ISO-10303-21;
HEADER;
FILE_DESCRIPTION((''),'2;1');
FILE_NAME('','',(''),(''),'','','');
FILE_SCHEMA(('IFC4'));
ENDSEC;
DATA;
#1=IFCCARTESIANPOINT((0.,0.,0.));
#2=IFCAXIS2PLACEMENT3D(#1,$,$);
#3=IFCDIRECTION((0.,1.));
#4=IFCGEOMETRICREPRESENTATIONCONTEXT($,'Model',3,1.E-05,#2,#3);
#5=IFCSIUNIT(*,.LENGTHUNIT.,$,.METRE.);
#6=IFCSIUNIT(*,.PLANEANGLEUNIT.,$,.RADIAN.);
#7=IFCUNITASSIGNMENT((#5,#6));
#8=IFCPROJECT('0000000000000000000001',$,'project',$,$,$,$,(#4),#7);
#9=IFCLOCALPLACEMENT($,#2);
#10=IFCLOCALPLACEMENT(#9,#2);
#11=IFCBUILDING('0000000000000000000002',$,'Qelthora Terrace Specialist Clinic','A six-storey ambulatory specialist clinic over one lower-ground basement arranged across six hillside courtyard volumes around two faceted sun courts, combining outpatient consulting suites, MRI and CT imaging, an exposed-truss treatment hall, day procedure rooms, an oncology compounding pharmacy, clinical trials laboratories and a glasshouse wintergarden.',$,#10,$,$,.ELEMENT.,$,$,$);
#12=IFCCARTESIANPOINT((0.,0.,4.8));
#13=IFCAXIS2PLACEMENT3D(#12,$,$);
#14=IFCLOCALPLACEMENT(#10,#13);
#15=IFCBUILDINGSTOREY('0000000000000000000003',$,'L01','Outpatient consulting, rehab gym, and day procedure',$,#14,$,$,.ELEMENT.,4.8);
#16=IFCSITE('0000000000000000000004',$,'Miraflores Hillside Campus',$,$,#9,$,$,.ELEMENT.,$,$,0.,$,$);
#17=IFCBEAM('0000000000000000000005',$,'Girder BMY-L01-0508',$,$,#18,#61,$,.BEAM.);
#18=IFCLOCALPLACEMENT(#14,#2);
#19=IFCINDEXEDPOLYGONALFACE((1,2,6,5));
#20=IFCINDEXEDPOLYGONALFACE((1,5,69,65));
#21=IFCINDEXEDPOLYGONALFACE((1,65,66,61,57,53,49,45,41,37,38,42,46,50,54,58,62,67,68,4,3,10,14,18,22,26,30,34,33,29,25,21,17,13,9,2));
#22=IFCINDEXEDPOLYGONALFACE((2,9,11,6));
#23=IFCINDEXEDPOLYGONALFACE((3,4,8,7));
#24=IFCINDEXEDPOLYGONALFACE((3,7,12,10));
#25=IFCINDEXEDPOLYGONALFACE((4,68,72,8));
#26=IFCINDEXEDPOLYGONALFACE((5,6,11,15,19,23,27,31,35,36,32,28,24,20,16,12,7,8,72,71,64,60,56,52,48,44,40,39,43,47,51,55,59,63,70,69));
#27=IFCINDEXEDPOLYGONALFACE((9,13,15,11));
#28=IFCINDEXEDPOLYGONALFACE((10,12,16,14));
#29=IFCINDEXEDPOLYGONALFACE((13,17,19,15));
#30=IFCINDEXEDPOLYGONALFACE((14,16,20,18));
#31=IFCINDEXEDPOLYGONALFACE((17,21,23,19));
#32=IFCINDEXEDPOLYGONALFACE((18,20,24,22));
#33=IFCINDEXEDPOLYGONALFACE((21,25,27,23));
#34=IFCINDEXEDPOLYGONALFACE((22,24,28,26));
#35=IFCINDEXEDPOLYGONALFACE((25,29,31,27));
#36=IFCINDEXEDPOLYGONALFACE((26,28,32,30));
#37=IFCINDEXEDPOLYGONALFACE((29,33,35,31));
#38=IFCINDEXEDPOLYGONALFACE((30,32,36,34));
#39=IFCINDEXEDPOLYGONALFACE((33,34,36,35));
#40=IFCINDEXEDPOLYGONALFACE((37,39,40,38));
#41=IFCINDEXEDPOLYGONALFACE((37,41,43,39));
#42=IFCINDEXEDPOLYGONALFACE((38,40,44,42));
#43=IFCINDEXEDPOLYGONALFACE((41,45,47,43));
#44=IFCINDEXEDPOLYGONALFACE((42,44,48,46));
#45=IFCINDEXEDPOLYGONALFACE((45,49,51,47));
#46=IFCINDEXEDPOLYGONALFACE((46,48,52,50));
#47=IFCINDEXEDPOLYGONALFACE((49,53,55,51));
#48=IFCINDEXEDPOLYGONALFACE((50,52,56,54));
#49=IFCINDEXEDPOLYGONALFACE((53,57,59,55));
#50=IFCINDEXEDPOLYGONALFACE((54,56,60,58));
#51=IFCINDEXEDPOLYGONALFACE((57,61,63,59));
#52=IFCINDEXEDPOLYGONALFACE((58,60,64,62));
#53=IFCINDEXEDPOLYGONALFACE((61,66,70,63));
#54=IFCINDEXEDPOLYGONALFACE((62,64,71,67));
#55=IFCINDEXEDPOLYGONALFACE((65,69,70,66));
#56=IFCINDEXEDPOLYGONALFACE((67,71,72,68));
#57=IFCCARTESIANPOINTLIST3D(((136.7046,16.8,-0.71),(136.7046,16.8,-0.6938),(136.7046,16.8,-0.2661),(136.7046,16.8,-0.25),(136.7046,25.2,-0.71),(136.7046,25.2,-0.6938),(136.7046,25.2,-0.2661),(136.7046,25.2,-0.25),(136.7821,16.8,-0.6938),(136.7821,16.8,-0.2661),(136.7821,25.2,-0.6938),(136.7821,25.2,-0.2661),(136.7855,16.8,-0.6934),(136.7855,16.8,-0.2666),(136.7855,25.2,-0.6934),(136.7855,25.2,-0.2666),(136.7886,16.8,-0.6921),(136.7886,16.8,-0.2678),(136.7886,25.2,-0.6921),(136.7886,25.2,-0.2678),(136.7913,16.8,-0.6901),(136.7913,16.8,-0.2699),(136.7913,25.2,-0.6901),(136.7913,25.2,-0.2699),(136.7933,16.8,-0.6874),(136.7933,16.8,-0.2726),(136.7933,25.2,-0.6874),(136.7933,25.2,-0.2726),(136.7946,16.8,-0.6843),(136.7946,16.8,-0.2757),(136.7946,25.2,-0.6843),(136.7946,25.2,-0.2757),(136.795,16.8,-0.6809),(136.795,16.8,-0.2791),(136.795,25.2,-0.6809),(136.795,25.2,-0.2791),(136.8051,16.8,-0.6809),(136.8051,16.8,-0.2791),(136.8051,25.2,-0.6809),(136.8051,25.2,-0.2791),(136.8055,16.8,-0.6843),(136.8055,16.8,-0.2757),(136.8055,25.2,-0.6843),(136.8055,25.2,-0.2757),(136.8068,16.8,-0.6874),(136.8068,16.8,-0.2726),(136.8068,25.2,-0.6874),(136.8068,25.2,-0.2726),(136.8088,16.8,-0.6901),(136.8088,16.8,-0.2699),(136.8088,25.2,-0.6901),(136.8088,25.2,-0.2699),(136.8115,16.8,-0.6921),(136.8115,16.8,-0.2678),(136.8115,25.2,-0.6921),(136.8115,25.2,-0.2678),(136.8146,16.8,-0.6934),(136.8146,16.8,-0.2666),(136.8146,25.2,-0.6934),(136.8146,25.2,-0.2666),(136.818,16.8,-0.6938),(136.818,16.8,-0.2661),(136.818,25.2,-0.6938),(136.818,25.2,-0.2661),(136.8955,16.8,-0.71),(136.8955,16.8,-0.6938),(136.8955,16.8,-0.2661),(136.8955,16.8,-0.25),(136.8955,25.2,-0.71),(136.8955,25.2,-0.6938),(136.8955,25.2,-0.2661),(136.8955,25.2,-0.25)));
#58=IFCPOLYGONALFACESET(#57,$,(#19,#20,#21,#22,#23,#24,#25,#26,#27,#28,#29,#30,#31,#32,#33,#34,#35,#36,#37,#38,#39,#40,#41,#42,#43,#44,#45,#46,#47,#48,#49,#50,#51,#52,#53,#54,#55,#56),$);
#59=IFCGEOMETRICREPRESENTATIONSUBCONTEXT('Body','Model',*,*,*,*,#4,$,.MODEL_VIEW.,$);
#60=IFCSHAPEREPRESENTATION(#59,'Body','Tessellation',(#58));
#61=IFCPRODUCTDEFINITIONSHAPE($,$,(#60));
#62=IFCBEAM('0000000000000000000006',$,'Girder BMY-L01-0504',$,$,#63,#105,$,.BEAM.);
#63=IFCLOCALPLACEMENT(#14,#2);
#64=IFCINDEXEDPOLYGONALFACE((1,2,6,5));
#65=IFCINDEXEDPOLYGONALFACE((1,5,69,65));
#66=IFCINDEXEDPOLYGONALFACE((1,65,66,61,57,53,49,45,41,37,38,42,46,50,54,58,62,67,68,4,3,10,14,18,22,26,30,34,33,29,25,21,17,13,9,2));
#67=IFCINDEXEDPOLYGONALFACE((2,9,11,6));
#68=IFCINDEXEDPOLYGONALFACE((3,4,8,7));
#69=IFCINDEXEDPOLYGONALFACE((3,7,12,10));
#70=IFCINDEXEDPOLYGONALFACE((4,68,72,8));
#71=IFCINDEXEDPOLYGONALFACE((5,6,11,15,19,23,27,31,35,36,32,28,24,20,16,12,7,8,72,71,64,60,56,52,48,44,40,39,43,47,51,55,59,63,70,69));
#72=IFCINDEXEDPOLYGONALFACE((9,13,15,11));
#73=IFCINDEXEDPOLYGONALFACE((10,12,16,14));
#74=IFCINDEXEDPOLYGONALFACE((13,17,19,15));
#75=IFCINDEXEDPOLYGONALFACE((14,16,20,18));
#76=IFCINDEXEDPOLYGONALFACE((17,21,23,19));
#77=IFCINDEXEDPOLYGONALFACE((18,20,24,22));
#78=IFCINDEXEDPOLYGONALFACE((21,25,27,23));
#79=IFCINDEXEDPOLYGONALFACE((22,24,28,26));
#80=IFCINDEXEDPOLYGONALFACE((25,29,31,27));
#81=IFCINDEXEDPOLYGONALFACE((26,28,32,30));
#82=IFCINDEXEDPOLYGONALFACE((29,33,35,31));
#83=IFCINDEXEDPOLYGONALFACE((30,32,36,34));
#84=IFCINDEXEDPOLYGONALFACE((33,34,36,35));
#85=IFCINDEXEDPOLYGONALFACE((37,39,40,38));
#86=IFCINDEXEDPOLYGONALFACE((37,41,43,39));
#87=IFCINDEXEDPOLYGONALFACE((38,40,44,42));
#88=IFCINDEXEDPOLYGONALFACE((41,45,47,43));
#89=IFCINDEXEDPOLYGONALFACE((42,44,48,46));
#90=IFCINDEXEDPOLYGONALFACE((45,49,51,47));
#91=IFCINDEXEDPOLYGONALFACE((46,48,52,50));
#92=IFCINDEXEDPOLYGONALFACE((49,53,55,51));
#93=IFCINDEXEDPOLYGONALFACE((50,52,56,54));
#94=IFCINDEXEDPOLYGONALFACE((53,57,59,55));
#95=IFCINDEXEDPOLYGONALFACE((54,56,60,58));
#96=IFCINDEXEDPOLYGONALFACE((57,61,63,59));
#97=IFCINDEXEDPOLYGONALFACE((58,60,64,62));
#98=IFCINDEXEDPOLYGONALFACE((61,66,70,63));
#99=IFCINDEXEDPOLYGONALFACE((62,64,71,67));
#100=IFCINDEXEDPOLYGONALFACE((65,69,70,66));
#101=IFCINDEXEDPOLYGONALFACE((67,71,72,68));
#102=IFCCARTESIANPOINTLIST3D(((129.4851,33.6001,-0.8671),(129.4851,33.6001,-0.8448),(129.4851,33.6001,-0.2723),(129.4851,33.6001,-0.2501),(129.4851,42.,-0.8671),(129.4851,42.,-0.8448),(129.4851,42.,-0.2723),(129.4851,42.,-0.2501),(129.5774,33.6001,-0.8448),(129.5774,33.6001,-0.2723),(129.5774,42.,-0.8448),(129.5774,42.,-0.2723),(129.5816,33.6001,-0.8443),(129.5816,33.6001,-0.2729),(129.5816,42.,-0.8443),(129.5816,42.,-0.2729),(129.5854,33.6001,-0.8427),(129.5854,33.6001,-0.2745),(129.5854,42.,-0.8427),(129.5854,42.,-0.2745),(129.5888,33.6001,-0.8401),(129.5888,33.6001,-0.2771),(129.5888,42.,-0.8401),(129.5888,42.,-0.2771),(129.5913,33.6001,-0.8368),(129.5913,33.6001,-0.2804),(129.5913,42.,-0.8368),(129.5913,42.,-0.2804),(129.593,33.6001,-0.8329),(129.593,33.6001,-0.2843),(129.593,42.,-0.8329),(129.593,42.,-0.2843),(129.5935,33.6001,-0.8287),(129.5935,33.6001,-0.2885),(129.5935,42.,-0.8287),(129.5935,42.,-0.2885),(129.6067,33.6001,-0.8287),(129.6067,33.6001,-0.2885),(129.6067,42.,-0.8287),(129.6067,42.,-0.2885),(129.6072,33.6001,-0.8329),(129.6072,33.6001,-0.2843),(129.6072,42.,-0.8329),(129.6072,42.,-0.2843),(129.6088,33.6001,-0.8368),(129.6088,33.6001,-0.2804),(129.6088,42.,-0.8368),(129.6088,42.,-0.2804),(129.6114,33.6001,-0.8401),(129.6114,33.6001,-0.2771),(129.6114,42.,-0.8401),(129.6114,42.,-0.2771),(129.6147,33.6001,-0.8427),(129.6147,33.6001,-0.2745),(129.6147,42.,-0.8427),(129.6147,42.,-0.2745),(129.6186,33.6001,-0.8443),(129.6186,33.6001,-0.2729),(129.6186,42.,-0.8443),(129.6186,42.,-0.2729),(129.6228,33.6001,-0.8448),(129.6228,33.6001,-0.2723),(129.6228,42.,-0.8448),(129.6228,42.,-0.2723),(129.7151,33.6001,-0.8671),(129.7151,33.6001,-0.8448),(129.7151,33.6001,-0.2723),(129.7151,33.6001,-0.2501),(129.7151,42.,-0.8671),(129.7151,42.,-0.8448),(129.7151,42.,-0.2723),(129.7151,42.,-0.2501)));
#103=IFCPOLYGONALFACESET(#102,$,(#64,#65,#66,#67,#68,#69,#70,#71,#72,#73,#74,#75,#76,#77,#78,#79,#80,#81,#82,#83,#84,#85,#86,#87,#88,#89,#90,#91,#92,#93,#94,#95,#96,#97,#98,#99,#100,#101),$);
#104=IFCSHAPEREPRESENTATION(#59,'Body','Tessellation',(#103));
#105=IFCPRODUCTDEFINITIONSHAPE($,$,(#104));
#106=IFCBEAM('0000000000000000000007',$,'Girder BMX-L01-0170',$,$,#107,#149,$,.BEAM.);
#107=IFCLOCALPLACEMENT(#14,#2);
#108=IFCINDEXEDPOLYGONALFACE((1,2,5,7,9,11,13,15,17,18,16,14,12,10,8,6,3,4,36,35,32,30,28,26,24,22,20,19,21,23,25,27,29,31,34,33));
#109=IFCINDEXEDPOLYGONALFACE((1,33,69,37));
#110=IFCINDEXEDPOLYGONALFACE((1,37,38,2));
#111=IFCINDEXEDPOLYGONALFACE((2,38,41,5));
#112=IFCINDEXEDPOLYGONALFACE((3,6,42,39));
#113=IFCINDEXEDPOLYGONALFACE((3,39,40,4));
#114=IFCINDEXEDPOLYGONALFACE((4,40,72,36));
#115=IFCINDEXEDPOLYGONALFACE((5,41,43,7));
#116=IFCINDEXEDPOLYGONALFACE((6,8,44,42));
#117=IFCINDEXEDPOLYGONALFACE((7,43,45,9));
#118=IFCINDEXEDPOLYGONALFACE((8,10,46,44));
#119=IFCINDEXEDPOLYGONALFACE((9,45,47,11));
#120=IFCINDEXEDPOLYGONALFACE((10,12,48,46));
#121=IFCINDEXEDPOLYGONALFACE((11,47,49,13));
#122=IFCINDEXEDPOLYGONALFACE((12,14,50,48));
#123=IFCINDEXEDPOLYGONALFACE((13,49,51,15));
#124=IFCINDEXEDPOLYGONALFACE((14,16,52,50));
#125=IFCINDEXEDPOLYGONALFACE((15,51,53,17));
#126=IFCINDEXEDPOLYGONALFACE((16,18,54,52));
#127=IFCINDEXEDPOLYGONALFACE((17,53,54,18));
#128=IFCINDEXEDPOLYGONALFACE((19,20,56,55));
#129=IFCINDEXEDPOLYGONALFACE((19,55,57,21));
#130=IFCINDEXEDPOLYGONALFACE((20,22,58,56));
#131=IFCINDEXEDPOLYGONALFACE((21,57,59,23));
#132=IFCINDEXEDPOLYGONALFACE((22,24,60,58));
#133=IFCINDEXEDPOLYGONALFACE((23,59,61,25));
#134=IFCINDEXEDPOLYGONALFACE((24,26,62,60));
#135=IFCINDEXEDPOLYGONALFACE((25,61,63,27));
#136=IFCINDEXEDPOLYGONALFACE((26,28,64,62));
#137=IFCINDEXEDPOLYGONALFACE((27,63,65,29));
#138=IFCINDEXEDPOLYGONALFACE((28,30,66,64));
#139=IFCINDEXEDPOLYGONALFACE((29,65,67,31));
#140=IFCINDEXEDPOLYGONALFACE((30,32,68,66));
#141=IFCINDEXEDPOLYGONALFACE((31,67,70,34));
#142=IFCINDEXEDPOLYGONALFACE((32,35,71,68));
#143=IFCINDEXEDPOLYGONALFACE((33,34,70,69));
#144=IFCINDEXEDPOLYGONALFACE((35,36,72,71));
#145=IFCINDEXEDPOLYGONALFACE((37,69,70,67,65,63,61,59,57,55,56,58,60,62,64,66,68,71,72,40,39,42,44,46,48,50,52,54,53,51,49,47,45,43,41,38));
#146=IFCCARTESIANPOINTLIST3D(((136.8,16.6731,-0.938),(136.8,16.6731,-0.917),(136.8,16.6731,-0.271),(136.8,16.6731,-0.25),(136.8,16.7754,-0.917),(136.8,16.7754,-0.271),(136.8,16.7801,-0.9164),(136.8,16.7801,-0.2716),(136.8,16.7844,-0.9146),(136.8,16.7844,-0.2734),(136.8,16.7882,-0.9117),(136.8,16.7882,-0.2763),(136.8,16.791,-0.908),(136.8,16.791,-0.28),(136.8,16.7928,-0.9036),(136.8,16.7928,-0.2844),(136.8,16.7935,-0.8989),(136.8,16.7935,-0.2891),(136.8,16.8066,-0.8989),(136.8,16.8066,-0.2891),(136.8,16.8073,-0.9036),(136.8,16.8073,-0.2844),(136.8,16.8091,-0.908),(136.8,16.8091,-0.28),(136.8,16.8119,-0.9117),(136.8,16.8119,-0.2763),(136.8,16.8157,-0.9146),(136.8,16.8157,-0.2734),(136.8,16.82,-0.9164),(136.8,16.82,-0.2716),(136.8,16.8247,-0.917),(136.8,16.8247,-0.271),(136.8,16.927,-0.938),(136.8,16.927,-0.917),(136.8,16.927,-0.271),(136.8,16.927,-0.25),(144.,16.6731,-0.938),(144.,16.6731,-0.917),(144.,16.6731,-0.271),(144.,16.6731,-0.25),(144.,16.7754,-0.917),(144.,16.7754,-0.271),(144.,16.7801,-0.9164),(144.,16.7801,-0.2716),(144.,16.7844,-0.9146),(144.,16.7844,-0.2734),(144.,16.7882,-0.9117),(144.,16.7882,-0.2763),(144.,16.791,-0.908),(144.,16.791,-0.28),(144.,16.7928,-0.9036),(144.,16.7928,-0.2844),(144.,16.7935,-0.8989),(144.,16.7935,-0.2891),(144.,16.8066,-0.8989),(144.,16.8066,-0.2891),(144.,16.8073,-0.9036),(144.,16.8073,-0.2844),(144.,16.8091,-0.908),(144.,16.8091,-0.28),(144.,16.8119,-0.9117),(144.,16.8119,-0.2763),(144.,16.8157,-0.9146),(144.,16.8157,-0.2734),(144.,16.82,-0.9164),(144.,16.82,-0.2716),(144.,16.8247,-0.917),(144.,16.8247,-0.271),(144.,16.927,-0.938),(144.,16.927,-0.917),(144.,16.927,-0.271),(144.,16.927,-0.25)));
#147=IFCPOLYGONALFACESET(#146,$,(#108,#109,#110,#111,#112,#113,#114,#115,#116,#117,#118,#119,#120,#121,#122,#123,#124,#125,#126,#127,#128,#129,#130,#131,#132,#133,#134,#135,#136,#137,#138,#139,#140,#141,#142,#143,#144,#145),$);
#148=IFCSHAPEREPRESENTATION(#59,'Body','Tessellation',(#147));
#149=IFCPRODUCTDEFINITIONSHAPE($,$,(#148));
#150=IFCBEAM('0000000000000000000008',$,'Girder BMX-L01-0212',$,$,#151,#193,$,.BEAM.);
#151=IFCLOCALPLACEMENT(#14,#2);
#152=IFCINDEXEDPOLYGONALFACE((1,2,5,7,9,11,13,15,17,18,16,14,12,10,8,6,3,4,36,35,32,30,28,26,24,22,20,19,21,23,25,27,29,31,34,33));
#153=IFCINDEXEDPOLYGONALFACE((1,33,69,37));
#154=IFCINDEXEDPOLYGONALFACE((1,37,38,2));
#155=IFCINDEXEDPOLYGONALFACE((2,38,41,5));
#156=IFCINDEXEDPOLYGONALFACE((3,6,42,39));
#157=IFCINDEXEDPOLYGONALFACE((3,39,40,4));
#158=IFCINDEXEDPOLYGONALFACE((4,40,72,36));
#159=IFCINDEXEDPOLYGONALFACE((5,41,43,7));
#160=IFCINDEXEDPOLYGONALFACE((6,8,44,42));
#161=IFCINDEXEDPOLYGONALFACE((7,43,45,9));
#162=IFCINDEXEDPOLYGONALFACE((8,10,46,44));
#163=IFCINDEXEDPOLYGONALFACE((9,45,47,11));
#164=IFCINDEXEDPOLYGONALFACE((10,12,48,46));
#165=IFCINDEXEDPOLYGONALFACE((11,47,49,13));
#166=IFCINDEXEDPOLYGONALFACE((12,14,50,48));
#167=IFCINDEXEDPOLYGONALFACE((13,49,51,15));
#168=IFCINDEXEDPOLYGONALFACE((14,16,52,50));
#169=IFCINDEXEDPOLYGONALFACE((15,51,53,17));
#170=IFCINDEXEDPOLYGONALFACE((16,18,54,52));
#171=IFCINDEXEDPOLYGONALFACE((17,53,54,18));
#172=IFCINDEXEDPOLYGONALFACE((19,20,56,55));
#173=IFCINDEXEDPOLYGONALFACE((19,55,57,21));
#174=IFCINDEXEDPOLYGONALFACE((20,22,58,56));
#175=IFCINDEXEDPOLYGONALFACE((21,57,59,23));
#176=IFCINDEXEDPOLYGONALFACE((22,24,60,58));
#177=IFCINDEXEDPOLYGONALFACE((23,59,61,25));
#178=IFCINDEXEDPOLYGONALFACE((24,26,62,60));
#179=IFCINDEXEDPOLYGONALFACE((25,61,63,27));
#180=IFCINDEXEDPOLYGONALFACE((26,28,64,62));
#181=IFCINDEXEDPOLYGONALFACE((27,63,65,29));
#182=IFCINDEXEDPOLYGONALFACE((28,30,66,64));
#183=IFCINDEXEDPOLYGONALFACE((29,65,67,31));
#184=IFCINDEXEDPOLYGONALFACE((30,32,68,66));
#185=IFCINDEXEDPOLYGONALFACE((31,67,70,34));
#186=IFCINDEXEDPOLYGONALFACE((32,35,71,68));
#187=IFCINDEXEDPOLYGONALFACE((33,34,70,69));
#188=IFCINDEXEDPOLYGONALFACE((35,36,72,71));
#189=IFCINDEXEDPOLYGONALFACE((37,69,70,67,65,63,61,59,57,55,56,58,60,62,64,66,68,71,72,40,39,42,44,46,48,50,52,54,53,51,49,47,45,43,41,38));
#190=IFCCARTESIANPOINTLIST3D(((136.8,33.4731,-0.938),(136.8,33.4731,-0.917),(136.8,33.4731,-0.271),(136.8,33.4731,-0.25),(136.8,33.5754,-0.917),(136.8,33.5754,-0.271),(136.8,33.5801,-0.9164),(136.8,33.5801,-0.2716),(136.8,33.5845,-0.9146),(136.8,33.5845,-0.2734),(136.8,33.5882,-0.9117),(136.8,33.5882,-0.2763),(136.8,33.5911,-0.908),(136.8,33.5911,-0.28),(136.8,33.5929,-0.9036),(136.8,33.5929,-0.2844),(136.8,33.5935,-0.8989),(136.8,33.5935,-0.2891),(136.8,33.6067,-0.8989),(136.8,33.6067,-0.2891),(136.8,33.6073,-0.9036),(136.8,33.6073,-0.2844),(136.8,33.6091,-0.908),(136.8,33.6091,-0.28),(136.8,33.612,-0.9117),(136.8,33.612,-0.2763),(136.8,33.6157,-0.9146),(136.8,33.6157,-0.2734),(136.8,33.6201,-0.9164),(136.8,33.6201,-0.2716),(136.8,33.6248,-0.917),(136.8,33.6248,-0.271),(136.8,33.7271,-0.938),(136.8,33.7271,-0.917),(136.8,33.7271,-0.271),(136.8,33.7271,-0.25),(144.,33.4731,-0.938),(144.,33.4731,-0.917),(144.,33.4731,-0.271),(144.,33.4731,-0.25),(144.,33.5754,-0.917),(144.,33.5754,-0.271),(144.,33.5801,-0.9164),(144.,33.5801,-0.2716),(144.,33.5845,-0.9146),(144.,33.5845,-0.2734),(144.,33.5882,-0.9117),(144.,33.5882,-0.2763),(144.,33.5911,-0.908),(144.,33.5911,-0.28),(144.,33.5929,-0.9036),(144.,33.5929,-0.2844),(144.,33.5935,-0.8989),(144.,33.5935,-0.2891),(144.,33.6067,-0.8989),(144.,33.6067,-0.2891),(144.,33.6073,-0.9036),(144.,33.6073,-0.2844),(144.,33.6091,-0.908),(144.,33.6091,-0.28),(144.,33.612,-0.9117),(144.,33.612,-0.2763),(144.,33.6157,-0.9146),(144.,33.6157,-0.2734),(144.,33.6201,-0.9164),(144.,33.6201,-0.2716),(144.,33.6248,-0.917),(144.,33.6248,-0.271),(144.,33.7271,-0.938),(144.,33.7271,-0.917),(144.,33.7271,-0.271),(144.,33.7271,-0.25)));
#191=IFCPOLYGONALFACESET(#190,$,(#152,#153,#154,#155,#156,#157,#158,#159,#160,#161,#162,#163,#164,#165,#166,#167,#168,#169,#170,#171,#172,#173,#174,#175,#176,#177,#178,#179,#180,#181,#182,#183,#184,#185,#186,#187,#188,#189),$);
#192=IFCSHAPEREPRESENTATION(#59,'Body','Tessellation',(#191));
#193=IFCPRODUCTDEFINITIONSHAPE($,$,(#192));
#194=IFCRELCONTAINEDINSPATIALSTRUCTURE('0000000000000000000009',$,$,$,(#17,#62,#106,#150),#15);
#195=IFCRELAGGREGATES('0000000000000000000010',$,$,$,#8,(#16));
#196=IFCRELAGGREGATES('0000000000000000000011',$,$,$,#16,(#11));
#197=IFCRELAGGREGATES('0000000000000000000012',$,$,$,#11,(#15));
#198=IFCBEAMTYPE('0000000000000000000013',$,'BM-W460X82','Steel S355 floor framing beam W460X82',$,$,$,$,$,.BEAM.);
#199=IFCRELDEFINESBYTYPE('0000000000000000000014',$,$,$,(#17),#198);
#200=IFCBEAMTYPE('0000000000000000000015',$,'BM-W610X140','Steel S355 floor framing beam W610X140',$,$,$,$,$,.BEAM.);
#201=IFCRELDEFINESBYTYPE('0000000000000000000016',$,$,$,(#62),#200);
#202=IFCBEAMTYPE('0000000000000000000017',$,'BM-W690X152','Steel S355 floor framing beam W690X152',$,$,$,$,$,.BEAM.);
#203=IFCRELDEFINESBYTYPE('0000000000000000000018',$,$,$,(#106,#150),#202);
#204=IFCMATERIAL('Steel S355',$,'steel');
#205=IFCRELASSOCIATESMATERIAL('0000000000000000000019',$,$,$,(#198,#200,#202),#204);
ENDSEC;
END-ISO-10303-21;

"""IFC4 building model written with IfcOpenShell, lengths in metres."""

from ifc_helpers import new_model, si_unit, direction, frame, origin, origin_2d, place, context, subcontext, project, spatial, i_section, extrude, material, material_profile, profile_set, type_object, element, save


model = new_model("IFC4")

# Units and contexts
model_context = context("Model", 3, precision=1e-05, world=origin(), true_north=direction((0.0, 1.0)))
body_context = subcontext(model_context, "Body", "Model", "MODEL_VIEW")
ifc_project = project(units=[si_unit("LENGTHUNIT", "METRE"), si_unit("PLANEANGLEUNIT", "RADIAN")], contexts=[model_context])

# Site, building, storey
site_placement = place(None, origin())
site = spatial("IfcSite", under=ifc_project, at=site_placement, Name="Miraflores Hillside Campus", CompositionType="ELEMENT", RefElevation=0.0)
building_placement = place(site_placement, origin())
building = spatial("IfcBuilding", under=site, at=building_placement, Name="Qelthora Terrace Specialist Clinic", Description="A six-storey ambulatory specialist clinic over one lower-ground basement arranged across six hillside courtyard volumes around two faceted sun courts, combining outpatient consulting suites, MRI and CT imaging, an exposed-truss treatment hall, day procedure rooms, an oncology compounding pharmacy, clinical trials laboratories and a glasshouse wintergarden.", CompositionType="ELEMENT")
storey_placement = place(building_placement, frame((0.0, 0.0, 4.8)))
storey = spatial("IfcBuildingStorey", under=building, at=storey_placement, Name="L01", Description="Outpatient consulting, rehab gym, and day procedure", CompositionType="ELEMENT", Elevation=4.8)

# Shared definitions
ifc_material_1 = material(Name="Steel S355", Category="steel")

# Beams
ifc_material_profile_1 = material_profile(ifc_material_1, i_section(OverallWidth=0.1909, OverallDepth=0.46, WebThickness=0.01, FlangeThickness=0.0161, FilletRadius=0.0129, at=origin_2d()), Name="W460X82")
ifc_profile_set_1 = profile_set([ifc_material_profile_1], Name="Steel S355")
beam_type_1 = type_object("IfcBeamType", Name="BM-W460X82", Description="Steel S355 floor framing beam W460X82", PredefinedType="BEAM", material=ifc_profile_set_1)
beam_1_placement = place(storey_placement, frame((136.8, 16.8, -0.48), z_axis=(0.0, 1.0, 0.0), x_axis=(-1.0, 0.0, 0.0)))
element("IfcBeam", 1, at=beam_1_placement, inside=storey, type_object=beam_type_1, Name="Girder BMY-L01-0508", PredefinedType="BEAM", context=body_context, shape_type="SweptSolid", body=[
    extrude(i_section(OverallWidth=0.1909, OverallDepth=0.46, WebThickness=0.01, FlangeThickness=0.0161, FilletRadius=0.0129, at=origin_2d()), origin(), (0.0, 0.0, 1.0), 8.3999),
])
ifc_material_profile_2 = material_profile(ifc_material_1, i_section(OverallWidth=0.23, OverallDepth=0.6169, WebThickness=0.0132, FlangeThickness=0.0222, FilletRadius=0.0161, at=origin_2d()), Name="W610X140")
ifc_profile_set_2 = profile_set([ifc_material_profile_2], Name="Steel S355")
beam_type_2 = type_object("IfcBeamType", Name="BM-W610X140", Description="Steel S355 floor framing beam W610X140", PredefinedType="BEAM", material=ifc_profile_set_2)
beam_2_placement = place(storey_placement, frame((129.6001, 33.6001, -0.5586), z_axis=(0.0, 1.0, 0.0), x_axis=(-1.0, 0.0, 0.0)))
element("IfcBeam", 2, at=beam_2_placement, inside=storey, type_object=beam_type_2, Name="Girder BMY-L01-0504", PredefinedType="BEAM", context=body_context, shape_type="SweptSolid", body=[
    extrude(i_section(OverallWidth=0.23, OverallDepth=0.6169, WebThickness=0.0132, FlangeThickness=0.0222, FilletRadius=0.0161, at=origin_2d()), origin(), (0.0, 0.0, 1.0), 8.3999),
])
ifc_material_profile_3 = material_profile(ifc_material_1, i_section(OverallWidth=0.2539, OverallDepth=0.688, WebThickness=0.0132, FlangeThickness=0.021, FilletRadius=0.0181, at=origin_2d()), Name="W690X152")
ifc_profile_set_3 = profile_set([ifc_material_profile_3], Name="Steel S355")
beam_type_3 = type_object("IfcBeamType", Name="BM-W690X152", Description="Steel S355 floor framing beam W690X152", PredefinedType="BEAM", material=ifc_profile_set_3)
for number, where, z_axis, x_axis, name in (
    (3, (136.8, 16.8, -0.594), (1.0, 0.0, 0.0), (0.0, 1.0, 0.0), "Girder BMX-L01-0170"),
    (4, (136.8, 33.6001, -0.594), (1.0, 0.0, 0.0), (0.0, 1.0, 0.0), "Girder BMX-L01-0212"),
):
    element("IfcBeam", number, at=place(storey_placement, frame(where, z_axis=z_axis, x_axis=x_axis)), inside=storey, type_object=beam_type_3, Name=name, PredefinedType="BEAM", context=body_context, shape_type="SweptSolid", body=[
        extrude(i_section(OverallWidth=0.2539, OverallDepth=0.688, WebThickness=0.0132, FlangeThickness=0.021, FilletRadius=0.0181, at=origin_2d()), origin(), (0.0, 0.0, 1.0), 7.2),
    ])

save(model, "model.ifc")
